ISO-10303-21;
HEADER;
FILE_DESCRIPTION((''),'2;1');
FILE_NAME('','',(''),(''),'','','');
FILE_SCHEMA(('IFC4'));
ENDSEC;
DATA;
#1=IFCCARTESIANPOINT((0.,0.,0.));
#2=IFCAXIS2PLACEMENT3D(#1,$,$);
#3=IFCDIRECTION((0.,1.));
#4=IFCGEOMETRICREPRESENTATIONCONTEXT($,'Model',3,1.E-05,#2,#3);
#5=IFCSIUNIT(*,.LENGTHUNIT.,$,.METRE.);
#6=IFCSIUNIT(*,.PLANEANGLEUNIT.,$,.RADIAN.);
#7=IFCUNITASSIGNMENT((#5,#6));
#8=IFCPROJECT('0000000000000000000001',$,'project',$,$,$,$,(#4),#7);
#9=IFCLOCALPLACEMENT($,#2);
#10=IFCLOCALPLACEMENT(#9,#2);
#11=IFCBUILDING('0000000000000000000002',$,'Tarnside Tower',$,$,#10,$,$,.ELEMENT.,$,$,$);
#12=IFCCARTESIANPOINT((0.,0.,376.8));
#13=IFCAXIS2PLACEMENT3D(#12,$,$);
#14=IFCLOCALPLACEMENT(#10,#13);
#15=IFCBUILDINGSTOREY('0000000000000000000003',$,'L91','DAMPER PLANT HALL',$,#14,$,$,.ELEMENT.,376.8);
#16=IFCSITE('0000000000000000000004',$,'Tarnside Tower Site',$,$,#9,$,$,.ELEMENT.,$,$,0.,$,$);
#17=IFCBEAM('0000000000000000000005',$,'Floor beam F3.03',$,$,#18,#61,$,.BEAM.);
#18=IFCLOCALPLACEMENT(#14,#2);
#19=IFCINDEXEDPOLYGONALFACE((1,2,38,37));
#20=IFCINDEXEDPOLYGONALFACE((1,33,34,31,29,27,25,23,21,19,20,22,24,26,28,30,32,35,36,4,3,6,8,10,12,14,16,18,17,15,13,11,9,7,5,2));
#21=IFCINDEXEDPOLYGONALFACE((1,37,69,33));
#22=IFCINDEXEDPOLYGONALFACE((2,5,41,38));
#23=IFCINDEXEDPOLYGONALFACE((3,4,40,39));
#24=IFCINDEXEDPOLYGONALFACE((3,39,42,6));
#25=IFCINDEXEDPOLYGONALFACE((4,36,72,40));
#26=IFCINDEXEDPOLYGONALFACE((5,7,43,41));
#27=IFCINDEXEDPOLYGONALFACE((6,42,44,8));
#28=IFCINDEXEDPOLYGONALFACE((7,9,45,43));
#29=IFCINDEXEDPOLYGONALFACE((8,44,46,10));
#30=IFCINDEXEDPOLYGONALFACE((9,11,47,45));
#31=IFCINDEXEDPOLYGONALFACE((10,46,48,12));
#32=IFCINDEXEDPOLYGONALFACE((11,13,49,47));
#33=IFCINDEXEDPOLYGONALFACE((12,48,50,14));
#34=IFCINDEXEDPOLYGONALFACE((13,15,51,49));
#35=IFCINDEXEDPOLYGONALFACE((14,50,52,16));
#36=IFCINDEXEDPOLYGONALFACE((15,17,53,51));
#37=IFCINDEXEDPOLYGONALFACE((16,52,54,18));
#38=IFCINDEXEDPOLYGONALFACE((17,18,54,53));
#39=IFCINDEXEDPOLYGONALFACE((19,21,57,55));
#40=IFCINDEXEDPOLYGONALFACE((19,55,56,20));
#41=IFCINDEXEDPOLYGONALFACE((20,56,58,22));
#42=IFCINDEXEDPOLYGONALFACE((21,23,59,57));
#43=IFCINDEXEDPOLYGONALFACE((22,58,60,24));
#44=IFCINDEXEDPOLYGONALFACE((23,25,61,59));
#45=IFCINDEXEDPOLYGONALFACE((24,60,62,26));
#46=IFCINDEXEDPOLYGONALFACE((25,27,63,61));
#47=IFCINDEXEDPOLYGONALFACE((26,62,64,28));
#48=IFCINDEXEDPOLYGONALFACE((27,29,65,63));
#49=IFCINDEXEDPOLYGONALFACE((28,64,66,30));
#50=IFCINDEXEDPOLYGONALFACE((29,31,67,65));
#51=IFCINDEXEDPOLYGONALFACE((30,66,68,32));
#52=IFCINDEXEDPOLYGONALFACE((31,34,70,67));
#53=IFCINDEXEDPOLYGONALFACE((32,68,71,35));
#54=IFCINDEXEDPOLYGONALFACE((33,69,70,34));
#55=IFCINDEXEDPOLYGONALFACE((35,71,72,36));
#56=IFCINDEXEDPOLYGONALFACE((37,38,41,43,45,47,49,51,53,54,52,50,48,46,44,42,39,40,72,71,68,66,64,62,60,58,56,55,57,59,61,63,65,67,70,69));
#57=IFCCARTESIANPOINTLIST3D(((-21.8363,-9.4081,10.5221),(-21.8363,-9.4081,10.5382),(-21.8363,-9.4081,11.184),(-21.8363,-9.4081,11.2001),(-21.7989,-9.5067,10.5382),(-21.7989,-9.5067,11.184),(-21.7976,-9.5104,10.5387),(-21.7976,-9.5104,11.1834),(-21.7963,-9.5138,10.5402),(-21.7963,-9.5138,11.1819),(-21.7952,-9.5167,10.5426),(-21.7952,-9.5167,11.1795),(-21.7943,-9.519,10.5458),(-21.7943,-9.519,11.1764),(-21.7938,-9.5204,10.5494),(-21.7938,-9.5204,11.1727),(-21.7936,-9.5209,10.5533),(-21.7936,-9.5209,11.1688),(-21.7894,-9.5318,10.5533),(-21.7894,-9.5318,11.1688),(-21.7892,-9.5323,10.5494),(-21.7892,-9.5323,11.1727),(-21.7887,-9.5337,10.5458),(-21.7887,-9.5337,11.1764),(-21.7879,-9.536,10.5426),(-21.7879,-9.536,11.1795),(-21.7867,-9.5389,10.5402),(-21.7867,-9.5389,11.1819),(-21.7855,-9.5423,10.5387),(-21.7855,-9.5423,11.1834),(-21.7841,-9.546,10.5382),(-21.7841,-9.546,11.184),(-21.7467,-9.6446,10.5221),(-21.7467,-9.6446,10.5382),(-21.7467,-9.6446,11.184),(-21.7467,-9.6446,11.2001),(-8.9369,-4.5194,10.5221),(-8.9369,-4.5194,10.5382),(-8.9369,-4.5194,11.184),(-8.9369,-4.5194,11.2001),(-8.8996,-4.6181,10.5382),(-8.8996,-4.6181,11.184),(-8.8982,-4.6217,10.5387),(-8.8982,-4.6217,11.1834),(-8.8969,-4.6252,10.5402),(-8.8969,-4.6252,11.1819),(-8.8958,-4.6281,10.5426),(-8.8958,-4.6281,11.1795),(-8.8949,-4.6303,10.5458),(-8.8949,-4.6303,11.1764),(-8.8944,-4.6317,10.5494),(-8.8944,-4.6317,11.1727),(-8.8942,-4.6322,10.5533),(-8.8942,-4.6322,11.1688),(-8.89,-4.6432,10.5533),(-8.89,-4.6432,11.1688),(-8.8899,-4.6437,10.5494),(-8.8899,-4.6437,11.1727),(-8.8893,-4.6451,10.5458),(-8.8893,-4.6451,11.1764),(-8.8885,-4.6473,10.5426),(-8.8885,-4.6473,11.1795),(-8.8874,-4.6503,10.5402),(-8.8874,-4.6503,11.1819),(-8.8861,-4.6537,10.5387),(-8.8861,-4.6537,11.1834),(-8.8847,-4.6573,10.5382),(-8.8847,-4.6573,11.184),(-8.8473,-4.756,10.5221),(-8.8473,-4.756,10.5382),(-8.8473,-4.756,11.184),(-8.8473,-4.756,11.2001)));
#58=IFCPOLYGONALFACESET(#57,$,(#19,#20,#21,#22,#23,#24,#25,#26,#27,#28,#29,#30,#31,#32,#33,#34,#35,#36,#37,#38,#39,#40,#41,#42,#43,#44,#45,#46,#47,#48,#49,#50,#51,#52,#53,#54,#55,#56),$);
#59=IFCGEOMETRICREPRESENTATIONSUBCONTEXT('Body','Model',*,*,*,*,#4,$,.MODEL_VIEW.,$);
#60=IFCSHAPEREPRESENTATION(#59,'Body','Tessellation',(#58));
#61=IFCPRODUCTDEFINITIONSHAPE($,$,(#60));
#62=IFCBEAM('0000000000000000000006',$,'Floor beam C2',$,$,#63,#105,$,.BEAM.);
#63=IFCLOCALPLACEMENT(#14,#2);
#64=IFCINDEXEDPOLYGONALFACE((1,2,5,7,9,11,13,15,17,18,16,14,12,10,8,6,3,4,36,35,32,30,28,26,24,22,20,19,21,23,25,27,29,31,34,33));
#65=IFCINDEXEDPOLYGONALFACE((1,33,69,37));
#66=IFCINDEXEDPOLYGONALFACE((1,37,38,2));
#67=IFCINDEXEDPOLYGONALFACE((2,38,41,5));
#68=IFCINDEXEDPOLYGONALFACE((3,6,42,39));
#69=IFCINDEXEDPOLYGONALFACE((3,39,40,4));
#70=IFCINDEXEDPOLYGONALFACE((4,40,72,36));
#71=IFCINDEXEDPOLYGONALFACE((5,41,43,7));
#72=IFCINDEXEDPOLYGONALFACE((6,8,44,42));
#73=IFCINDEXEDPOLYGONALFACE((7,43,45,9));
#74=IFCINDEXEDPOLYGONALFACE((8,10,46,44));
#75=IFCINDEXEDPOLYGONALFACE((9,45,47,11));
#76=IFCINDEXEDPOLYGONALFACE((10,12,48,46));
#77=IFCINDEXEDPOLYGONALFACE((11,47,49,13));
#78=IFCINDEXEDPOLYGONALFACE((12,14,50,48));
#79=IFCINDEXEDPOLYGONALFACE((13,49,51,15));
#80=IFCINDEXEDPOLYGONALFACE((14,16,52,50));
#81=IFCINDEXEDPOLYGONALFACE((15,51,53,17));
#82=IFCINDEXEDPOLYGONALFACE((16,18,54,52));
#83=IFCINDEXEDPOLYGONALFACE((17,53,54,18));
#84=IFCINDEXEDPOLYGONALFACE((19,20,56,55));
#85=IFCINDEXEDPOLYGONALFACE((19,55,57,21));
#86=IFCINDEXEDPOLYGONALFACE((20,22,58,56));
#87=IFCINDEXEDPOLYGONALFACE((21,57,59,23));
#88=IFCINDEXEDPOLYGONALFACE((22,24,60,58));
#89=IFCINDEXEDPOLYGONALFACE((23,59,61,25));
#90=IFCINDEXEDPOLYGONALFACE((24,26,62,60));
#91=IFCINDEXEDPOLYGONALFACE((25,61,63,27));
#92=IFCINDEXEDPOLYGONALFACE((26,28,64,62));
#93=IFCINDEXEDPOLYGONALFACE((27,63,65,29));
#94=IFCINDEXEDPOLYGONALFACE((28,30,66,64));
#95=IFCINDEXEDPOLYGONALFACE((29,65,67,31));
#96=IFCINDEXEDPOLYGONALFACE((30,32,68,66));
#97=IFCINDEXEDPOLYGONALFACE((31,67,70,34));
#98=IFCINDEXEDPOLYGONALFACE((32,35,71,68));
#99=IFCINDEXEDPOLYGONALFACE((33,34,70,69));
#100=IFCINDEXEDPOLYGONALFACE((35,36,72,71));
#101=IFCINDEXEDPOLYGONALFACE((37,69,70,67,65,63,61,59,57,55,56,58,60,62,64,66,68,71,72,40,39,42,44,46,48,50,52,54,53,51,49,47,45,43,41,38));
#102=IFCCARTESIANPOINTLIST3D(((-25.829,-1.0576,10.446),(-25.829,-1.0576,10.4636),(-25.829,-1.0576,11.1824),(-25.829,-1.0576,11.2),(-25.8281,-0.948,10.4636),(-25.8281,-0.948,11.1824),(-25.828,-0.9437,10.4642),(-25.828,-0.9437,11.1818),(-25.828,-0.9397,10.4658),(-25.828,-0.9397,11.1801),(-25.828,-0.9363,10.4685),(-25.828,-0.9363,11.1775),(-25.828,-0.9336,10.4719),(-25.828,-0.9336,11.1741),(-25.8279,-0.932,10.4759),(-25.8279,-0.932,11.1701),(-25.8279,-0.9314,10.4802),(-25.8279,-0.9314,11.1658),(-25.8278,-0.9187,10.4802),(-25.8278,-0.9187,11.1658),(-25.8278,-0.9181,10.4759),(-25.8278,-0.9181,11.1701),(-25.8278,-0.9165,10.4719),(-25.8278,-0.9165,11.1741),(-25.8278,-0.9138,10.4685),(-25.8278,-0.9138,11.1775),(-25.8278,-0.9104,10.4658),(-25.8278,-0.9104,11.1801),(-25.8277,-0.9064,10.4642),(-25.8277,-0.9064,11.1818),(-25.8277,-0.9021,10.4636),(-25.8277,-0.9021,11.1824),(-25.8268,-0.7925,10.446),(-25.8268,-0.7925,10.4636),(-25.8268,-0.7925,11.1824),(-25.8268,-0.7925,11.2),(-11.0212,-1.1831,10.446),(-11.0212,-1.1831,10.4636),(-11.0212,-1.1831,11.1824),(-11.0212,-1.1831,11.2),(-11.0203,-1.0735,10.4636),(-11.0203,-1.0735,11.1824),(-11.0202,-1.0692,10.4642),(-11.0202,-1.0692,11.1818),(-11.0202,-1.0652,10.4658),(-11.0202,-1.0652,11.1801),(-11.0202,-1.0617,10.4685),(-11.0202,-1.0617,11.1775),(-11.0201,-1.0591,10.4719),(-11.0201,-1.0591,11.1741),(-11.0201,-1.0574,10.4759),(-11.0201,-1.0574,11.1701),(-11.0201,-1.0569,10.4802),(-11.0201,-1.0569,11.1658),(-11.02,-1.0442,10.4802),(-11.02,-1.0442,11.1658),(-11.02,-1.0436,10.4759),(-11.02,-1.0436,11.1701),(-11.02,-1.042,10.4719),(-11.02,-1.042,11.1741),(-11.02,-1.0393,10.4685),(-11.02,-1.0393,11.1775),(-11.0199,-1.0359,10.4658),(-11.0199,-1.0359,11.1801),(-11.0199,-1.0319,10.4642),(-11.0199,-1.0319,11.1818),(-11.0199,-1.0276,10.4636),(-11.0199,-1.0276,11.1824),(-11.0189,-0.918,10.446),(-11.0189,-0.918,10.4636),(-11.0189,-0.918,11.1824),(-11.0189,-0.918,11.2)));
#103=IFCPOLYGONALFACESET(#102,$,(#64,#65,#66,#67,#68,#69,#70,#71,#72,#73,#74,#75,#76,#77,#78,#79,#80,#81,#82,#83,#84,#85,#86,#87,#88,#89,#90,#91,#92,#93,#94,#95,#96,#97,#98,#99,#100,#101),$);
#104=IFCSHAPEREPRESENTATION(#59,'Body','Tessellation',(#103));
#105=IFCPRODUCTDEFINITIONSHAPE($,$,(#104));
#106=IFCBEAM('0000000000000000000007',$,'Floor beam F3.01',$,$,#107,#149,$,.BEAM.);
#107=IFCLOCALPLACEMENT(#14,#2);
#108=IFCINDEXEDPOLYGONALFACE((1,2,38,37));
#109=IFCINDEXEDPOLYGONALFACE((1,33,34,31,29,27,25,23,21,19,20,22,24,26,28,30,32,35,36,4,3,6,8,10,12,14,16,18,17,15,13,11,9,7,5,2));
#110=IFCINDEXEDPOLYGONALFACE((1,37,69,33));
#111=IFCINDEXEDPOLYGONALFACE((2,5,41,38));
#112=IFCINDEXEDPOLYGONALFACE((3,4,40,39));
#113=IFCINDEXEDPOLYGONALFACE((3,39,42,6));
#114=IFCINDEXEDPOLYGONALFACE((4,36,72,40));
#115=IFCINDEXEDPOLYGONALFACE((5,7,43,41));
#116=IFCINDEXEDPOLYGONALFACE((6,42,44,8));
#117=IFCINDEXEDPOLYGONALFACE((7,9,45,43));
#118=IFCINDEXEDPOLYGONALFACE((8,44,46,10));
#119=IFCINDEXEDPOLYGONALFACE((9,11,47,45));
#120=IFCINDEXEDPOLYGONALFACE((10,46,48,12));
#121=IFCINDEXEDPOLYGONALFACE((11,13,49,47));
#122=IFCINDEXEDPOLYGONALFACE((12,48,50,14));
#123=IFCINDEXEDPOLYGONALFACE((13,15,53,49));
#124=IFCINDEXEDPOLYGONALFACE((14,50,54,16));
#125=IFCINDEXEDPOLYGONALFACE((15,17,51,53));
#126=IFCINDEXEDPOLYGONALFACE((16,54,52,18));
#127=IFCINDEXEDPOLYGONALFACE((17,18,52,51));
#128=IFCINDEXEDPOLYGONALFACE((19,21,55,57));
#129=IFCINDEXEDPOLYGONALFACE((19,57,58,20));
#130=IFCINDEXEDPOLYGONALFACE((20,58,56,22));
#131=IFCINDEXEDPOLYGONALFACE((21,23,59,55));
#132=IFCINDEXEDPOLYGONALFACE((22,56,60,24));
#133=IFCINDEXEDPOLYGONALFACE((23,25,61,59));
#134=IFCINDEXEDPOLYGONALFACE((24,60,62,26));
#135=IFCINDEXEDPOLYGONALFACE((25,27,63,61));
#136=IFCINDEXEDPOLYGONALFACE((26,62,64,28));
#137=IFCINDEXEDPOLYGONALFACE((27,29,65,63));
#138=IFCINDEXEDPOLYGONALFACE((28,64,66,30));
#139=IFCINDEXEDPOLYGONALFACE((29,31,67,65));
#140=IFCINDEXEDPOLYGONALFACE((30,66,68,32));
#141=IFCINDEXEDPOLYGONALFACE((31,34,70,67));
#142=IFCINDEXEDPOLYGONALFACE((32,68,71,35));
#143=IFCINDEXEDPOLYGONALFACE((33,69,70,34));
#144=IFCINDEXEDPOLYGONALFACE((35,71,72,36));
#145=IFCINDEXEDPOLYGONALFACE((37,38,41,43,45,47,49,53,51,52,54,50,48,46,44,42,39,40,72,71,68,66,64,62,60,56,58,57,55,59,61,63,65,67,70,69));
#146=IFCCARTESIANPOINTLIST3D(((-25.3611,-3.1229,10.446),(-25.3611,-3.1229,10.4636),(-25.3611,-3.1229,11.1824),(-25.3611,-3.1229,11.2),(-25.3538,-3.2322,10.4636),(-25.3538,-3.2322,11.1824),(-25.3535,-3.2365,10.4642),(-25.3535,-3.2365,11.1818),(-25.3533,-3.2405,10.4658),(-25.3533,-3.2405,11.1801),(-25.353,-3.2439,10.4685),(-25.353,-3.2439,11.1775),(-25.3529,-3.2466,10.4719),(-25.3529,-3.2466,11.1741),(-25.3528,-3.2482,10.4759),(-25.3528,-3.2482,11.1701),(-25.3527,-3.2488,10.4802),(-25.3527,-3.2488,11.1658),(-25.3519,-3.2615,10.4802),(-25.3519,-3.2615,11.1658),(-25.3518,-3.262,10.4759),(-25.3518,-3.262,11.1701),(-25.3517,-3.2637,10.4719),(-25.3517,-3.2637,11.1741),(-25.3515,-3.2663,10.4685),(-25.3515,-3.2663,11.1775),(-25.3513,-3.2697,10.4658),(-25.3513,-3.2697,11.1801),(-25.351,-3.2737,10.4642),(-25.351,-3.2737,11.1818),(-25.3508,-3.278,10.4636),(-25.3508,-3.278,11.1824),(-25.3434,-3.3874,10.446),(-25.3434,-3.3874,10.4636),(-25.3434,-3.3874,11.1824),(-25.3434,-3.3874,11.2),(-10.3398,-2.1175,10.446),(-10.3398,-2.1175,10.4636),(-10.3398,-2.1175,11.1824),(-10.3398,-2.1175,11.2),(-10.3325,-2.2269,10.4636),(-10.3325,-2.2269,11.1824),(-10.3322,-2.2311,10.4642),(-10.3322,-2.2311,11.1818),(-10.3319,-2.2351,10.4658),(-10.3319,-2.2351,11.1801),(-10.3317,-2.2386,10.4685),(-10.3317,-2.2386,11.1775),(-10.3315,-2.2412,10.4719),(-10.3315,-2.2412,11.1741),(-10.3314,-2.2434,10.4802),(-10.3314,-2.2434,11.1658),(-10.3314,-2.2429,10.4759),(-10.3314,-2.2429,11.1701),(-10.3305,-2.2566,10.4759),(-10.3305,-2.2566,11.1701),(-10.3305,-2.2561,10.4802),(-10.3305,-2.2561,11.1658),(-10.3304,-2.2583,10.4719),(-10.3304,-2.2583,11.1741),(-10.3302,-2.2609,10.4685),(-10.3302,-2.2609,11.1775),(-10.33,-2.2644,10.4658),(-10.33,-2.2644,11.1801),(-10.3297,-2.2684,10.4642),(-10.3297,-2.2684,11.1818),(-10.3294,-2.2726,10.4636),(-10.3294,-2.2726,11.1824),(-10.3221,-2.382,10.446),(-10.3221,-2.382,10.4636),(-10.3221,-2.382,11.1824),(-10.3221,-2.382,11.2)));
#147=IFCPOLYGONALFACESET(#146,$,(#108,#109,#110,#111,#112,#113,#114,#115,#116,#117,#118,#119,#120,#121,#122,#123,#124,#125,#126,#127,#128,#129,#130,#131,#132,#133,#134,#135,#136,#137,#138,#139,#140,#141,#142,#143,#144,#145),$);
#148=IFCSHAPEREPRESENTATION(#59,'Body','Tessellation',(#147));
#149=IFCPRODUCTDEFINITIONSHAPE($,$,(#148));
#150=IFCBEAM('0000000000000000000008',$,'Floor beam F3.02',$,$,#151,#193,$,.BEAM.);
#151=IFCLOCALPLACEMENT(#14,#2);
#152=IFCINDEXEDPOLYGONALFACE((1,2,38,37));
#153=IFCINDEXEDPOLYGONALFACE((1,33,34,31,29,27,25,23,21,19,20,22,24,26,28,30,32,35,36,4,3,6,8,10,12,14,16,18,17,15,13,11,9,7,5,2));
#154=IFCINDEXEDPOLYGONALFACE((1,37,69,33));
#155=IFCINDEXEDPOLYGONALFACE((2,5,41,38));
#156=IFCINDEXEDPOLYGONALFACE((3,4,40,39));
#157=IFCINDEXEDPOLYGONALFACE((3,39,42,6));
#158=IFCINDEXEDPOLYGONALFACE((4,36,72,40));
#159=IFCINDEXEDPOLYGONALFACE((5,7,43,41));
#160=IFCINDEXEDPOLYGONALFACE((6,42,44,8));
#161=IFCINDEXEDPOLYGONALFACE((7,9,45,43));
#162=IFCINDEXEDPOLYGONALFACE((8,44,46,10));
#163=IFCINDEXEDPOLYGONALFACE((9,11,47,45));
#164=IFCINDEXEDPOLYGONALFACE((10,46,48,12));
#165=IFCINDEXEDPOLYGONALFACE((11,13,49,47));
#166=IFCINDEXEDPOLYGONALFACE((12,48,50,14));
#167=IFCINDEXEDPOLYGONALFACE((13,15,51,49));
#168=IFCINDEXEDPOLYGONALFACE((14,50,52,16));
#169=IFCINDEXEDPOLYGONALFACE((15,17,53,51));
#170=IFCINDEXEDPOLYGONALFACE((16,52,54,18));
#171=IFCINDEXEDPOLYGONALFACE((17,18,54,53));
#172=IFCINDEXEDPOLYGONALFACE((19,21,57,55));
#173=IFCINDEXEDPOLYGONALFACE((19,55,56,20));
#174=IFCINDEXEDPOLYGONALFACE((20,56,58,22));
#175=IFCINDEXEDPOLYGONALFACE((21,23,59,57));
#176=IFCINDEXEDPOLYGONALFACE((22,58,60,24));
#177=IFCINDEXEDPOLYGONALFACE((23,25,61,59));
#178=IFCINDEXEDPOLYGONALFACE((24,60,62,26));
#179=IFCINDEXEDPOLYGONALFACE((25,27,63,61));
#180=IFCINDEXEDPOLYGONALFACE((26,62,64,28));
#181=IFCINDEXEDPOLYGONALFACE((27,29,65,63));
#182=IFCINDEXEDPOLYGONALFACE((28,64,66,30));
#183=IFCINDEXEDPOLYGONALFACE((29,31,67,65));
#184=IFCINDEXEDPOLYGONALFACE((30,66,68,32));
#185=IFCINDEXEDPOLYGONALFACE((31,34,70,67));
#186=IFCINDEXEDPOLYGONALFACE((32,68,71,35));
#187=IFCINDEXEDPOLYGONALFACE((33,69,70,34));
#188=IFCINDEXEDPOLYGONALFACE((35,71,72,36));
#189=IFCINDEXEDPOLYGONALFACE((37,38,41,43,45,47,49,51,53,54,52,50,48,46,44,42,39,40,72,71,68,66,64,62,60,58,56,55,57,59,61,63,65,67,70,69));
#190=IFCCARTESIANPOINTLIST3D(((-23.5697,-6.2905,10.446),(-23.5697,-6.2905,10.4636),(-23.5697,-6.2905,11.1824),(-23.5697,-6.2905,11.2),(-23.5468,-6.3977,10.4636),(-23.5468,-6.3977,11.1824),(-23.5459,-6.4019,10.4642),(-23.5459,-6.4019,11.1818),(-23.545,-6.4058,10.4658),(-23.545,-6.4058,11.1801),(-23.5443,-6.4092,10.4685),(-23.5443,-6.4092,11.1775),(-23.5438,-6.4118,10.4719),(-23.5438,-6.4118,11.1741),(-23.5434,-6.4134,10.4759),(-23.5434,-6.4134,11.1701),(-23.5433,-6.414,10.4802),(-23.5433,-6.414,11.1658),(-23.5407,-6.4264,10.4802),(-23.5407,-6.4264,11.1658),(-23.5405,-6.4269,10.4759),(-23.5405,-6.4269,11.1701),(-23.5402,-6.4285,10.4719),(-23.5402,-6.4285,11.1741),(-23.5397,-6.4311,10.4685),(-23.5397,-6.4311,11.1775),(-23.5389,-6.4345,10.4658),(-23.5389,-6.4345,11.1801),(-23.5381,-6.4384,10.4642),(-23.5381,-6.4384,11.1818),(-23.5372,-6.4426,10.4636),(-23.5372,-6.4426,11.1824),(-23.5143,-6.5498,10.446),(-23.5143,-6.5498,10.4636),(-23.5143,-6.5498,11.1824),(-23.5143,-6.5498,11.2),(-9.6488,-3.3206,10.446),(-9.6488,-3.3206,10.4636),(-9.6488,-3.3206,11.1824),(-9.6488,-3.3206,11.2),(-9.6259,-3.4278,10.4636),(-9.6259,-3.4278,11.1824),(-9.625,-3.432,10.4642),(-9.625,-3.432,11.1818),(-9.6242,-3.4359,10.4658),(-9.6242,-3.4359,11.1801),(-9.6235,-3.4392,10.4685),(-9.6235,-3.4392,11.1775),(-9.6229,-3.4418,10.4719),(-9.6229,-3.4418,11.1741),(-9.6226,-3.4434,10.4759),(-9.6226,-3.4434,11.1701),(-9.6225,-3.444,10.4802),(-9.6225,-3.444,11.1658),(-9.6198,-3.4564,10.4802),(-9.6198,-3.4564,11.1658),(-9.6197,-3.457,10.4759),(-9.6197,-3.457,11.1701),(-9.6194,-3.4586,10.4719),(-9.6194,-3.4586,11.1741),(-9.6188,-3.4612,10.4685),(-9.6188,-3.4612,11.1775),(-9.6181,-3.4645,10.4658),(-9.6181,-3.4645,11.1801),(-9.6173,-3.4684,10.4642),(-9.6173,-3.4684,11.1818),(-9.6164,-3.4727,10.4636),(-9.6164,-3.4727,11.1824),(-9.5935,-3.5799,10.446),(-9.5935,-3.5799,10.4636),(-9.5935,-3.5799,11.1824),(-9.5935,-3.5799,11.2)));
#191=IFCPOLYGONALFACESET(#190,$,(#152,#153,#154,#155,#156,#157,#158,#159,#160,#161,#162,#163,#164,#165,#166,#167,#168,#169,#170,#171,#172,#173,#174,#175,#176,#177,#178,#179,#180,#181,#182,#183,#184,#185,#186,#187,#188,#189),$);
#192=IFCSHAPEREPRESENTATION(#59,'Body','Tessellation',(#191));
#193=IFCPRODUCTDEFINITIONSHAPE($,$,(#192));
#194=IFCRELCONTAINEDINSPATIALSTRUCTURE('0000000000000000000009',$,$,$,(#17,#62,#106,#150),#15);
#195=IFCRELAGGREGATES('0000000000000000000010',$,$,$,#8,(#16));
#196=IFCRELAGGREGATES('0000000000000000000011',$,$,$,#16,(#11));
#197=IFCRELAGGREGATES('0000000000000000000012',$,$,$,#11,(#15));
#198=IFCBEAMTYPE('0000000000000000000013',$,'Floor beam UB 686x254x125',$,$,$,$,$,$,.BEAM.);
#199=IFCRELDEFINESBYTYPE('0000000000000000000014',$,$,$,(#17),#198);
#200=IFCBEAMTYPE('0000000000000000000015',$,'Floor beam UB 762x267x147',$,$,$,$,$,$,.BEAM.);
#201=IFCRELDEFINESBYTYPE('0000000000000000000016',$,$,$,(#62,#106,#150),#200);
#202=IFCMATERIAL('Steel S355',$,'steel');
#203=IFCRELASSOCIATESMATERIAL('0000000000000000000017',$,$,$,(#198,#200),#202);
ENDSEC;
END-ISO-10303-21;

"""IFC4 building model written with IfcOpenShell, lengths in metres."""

from ifc_helpers import new_model, si_unit, direction, frame, origin, origin_2d, place, context, subcontext, project, spatial, i_section, extrude, material, material_profile, profile_set, type_object, element, save


model = new_model("IFC4")

# Units and contexts
model_context = context("Model", 3, precision=1e-05, world=origin(), true_north=direction((0.0, 1.0)))
body_context = subcontext(model_context, "Body", "Model", "MODEL_VIEW")
ifc_project = project(units=[si_unit("LENGTHUNIT", "METRE"), si_unit("PLANEANGLEUNIT", "RADIAN")], contexts=[model_context])

# Site, building, storey
site_placement = place(None, origin())
site = spatial("IfcSite", under=ifc_project, at=site_placement, Name="Tarnside Tower Site", CompositionType="ELEMENT", RefElevation=0.0)
building_placement = place(site_placement, origin())
building = spatial("IfcBuilding", under=site, at=building_placement, Name="Tarnside Tower", CompositionType="ELEMENT")
storey_placement = place(building_placement, frame((0.0, 0.0, 376.8)))
storey = spatial("IfcBuildingStorey", under=building, at=storey_placement, Name="L91", Description="DAMPER PLANT HALL", CompositionType="ELEMENT", Elevation=376.8)

# Shared definitions
ifc_material_1 = material(Name="Steel S355", Category="steel")

# Beams
ifc_material_profile_1 = material_profile(ifc_material_1, i_section(OverallWidth=0.2529, OverallDepth=0.678, WebThickness=0.0117, FlangeThickness=0.0161, FilletRadius=0.0151, at=origin_2d()), Name="UB 686x254x125")
ifc_profile_set_1 = profile_set([ifc_material_profile_1], Name="Steel S355")
beam_type_1 = type_object("IfcBeamType", Name="Floor beam UB 686x254x125", PredefinedType="BEAM", material=ifc_profile_set_1)
beam_1_placement = place(storey_placement, frame((-21.7915, -9.5264, 10.8611), z_axis=(0.935099, 0.354387, 0.0), x_axis=(-0.354387, 0.935099, 0.0)))
element("IfcBeam", 1, at=beam_1_placement, inside=storey, type_object=beam_type_1, Name="Floor beam F3.03", PredefinedType="BEAM", context=body_context, shape_type="SweptSolid", body=[
    extrude(i_section(OverallWidth=0.2529, OverallDepth=0.678, WebThickness=0.0117, FlangeThickness=0.0161, FilletRadius=0.0151, at=origin_2d()), origin(), (0.0, 0.0, 1.0), 13.7947),
])
ifc_material_profile_2 = material_profile(ifc_material_1, i_section(OverallWidth=0.2651, OverallDepth=0.7539, WebThickness=0.0127, FlangeThickness=0.0176, FilletRadius=0.0166, at=origin_2d()), Name="UB 762x267x147")
ifc_profile_set_2 = profile_set([ifc_material_profile_2], Name="Steel S355")
beam_type_2 = type_object("IfcBeamType", Name="Floor beam UB 762x267x147", PredefinedType="BEAM", material=ifc_profile_set_2)
beam_2_placement = place(storey_placement, frame((-25.8279, -0.925, 10.823), z_axis=(0.999964, -0.008474, 0.0), x_axis=(0.008474, 0.999964, 0.0)))
element("IfcBeam", 2, at=beam_2_placement, inside=storey, type_object=beam_type_2, Name="Floor beam C2", PredefinedType="BEAM", context=body_context, shape_type="SweptSolid", body=[
    extrude(i_section(OverallWidth=0.2651, OverallDepth=0.7539, WebThickness=0.0127, FlangeThickness=0.0176, FilletRadius=0.0166, at=origin_2d()), origin(), (0.0, 0.0, 1.0), 14.8083),
])
beam_3_placement = place(storey_placement, frame((-25.3523, -3.2551, 10.823), z_axis=(0.997768, 0.066781, 0.0), x_axis=(-0.066781, 0.997768, 0.0)))
element("IfcBeam", 3, at=beam_3_placement, inside=storey, type_object=beam_type_2, Name="Floor beam F3.01", PredefinedType="BEAM", context=body_context, shape_type="SweptSolid", body=[
    extrude(i_section(OverallWidth=0.2651, OverallDepth=0.7539, WebThickness=0.0127, FlangeThickness=0.0176, FilletRadius=0.0166, at=origin_2d()), origin(), (0.0, 0.0, 1.0), 15.0549),
])
beam_4_placement = place(storey_placement, frame((-23.542, -6.4202, 10.823), z_axis=(0.97799, 0.208651, 0.0), x_axis=(-0.208651, 0.97799, 0.0)))
element("IfcBeam", 4, at=beam_4_placement, inside=storey, type_object=beam_type_2, Name="Floor beam F3.02", PredefinedType="BEAM", context=body_context, shape_type="SweptSolid", body=[
    extrude(i_section(OverallWidth=0.2651, OverallDepth=0.7539, WebThickness=0.0127, FlangeThickness=0.0176, FilletRadius=0.0166, at=origin_2d()), origin(), (0.0, 0.0, 1.0), 14.2341),
])

save(model, "model.ifc")
